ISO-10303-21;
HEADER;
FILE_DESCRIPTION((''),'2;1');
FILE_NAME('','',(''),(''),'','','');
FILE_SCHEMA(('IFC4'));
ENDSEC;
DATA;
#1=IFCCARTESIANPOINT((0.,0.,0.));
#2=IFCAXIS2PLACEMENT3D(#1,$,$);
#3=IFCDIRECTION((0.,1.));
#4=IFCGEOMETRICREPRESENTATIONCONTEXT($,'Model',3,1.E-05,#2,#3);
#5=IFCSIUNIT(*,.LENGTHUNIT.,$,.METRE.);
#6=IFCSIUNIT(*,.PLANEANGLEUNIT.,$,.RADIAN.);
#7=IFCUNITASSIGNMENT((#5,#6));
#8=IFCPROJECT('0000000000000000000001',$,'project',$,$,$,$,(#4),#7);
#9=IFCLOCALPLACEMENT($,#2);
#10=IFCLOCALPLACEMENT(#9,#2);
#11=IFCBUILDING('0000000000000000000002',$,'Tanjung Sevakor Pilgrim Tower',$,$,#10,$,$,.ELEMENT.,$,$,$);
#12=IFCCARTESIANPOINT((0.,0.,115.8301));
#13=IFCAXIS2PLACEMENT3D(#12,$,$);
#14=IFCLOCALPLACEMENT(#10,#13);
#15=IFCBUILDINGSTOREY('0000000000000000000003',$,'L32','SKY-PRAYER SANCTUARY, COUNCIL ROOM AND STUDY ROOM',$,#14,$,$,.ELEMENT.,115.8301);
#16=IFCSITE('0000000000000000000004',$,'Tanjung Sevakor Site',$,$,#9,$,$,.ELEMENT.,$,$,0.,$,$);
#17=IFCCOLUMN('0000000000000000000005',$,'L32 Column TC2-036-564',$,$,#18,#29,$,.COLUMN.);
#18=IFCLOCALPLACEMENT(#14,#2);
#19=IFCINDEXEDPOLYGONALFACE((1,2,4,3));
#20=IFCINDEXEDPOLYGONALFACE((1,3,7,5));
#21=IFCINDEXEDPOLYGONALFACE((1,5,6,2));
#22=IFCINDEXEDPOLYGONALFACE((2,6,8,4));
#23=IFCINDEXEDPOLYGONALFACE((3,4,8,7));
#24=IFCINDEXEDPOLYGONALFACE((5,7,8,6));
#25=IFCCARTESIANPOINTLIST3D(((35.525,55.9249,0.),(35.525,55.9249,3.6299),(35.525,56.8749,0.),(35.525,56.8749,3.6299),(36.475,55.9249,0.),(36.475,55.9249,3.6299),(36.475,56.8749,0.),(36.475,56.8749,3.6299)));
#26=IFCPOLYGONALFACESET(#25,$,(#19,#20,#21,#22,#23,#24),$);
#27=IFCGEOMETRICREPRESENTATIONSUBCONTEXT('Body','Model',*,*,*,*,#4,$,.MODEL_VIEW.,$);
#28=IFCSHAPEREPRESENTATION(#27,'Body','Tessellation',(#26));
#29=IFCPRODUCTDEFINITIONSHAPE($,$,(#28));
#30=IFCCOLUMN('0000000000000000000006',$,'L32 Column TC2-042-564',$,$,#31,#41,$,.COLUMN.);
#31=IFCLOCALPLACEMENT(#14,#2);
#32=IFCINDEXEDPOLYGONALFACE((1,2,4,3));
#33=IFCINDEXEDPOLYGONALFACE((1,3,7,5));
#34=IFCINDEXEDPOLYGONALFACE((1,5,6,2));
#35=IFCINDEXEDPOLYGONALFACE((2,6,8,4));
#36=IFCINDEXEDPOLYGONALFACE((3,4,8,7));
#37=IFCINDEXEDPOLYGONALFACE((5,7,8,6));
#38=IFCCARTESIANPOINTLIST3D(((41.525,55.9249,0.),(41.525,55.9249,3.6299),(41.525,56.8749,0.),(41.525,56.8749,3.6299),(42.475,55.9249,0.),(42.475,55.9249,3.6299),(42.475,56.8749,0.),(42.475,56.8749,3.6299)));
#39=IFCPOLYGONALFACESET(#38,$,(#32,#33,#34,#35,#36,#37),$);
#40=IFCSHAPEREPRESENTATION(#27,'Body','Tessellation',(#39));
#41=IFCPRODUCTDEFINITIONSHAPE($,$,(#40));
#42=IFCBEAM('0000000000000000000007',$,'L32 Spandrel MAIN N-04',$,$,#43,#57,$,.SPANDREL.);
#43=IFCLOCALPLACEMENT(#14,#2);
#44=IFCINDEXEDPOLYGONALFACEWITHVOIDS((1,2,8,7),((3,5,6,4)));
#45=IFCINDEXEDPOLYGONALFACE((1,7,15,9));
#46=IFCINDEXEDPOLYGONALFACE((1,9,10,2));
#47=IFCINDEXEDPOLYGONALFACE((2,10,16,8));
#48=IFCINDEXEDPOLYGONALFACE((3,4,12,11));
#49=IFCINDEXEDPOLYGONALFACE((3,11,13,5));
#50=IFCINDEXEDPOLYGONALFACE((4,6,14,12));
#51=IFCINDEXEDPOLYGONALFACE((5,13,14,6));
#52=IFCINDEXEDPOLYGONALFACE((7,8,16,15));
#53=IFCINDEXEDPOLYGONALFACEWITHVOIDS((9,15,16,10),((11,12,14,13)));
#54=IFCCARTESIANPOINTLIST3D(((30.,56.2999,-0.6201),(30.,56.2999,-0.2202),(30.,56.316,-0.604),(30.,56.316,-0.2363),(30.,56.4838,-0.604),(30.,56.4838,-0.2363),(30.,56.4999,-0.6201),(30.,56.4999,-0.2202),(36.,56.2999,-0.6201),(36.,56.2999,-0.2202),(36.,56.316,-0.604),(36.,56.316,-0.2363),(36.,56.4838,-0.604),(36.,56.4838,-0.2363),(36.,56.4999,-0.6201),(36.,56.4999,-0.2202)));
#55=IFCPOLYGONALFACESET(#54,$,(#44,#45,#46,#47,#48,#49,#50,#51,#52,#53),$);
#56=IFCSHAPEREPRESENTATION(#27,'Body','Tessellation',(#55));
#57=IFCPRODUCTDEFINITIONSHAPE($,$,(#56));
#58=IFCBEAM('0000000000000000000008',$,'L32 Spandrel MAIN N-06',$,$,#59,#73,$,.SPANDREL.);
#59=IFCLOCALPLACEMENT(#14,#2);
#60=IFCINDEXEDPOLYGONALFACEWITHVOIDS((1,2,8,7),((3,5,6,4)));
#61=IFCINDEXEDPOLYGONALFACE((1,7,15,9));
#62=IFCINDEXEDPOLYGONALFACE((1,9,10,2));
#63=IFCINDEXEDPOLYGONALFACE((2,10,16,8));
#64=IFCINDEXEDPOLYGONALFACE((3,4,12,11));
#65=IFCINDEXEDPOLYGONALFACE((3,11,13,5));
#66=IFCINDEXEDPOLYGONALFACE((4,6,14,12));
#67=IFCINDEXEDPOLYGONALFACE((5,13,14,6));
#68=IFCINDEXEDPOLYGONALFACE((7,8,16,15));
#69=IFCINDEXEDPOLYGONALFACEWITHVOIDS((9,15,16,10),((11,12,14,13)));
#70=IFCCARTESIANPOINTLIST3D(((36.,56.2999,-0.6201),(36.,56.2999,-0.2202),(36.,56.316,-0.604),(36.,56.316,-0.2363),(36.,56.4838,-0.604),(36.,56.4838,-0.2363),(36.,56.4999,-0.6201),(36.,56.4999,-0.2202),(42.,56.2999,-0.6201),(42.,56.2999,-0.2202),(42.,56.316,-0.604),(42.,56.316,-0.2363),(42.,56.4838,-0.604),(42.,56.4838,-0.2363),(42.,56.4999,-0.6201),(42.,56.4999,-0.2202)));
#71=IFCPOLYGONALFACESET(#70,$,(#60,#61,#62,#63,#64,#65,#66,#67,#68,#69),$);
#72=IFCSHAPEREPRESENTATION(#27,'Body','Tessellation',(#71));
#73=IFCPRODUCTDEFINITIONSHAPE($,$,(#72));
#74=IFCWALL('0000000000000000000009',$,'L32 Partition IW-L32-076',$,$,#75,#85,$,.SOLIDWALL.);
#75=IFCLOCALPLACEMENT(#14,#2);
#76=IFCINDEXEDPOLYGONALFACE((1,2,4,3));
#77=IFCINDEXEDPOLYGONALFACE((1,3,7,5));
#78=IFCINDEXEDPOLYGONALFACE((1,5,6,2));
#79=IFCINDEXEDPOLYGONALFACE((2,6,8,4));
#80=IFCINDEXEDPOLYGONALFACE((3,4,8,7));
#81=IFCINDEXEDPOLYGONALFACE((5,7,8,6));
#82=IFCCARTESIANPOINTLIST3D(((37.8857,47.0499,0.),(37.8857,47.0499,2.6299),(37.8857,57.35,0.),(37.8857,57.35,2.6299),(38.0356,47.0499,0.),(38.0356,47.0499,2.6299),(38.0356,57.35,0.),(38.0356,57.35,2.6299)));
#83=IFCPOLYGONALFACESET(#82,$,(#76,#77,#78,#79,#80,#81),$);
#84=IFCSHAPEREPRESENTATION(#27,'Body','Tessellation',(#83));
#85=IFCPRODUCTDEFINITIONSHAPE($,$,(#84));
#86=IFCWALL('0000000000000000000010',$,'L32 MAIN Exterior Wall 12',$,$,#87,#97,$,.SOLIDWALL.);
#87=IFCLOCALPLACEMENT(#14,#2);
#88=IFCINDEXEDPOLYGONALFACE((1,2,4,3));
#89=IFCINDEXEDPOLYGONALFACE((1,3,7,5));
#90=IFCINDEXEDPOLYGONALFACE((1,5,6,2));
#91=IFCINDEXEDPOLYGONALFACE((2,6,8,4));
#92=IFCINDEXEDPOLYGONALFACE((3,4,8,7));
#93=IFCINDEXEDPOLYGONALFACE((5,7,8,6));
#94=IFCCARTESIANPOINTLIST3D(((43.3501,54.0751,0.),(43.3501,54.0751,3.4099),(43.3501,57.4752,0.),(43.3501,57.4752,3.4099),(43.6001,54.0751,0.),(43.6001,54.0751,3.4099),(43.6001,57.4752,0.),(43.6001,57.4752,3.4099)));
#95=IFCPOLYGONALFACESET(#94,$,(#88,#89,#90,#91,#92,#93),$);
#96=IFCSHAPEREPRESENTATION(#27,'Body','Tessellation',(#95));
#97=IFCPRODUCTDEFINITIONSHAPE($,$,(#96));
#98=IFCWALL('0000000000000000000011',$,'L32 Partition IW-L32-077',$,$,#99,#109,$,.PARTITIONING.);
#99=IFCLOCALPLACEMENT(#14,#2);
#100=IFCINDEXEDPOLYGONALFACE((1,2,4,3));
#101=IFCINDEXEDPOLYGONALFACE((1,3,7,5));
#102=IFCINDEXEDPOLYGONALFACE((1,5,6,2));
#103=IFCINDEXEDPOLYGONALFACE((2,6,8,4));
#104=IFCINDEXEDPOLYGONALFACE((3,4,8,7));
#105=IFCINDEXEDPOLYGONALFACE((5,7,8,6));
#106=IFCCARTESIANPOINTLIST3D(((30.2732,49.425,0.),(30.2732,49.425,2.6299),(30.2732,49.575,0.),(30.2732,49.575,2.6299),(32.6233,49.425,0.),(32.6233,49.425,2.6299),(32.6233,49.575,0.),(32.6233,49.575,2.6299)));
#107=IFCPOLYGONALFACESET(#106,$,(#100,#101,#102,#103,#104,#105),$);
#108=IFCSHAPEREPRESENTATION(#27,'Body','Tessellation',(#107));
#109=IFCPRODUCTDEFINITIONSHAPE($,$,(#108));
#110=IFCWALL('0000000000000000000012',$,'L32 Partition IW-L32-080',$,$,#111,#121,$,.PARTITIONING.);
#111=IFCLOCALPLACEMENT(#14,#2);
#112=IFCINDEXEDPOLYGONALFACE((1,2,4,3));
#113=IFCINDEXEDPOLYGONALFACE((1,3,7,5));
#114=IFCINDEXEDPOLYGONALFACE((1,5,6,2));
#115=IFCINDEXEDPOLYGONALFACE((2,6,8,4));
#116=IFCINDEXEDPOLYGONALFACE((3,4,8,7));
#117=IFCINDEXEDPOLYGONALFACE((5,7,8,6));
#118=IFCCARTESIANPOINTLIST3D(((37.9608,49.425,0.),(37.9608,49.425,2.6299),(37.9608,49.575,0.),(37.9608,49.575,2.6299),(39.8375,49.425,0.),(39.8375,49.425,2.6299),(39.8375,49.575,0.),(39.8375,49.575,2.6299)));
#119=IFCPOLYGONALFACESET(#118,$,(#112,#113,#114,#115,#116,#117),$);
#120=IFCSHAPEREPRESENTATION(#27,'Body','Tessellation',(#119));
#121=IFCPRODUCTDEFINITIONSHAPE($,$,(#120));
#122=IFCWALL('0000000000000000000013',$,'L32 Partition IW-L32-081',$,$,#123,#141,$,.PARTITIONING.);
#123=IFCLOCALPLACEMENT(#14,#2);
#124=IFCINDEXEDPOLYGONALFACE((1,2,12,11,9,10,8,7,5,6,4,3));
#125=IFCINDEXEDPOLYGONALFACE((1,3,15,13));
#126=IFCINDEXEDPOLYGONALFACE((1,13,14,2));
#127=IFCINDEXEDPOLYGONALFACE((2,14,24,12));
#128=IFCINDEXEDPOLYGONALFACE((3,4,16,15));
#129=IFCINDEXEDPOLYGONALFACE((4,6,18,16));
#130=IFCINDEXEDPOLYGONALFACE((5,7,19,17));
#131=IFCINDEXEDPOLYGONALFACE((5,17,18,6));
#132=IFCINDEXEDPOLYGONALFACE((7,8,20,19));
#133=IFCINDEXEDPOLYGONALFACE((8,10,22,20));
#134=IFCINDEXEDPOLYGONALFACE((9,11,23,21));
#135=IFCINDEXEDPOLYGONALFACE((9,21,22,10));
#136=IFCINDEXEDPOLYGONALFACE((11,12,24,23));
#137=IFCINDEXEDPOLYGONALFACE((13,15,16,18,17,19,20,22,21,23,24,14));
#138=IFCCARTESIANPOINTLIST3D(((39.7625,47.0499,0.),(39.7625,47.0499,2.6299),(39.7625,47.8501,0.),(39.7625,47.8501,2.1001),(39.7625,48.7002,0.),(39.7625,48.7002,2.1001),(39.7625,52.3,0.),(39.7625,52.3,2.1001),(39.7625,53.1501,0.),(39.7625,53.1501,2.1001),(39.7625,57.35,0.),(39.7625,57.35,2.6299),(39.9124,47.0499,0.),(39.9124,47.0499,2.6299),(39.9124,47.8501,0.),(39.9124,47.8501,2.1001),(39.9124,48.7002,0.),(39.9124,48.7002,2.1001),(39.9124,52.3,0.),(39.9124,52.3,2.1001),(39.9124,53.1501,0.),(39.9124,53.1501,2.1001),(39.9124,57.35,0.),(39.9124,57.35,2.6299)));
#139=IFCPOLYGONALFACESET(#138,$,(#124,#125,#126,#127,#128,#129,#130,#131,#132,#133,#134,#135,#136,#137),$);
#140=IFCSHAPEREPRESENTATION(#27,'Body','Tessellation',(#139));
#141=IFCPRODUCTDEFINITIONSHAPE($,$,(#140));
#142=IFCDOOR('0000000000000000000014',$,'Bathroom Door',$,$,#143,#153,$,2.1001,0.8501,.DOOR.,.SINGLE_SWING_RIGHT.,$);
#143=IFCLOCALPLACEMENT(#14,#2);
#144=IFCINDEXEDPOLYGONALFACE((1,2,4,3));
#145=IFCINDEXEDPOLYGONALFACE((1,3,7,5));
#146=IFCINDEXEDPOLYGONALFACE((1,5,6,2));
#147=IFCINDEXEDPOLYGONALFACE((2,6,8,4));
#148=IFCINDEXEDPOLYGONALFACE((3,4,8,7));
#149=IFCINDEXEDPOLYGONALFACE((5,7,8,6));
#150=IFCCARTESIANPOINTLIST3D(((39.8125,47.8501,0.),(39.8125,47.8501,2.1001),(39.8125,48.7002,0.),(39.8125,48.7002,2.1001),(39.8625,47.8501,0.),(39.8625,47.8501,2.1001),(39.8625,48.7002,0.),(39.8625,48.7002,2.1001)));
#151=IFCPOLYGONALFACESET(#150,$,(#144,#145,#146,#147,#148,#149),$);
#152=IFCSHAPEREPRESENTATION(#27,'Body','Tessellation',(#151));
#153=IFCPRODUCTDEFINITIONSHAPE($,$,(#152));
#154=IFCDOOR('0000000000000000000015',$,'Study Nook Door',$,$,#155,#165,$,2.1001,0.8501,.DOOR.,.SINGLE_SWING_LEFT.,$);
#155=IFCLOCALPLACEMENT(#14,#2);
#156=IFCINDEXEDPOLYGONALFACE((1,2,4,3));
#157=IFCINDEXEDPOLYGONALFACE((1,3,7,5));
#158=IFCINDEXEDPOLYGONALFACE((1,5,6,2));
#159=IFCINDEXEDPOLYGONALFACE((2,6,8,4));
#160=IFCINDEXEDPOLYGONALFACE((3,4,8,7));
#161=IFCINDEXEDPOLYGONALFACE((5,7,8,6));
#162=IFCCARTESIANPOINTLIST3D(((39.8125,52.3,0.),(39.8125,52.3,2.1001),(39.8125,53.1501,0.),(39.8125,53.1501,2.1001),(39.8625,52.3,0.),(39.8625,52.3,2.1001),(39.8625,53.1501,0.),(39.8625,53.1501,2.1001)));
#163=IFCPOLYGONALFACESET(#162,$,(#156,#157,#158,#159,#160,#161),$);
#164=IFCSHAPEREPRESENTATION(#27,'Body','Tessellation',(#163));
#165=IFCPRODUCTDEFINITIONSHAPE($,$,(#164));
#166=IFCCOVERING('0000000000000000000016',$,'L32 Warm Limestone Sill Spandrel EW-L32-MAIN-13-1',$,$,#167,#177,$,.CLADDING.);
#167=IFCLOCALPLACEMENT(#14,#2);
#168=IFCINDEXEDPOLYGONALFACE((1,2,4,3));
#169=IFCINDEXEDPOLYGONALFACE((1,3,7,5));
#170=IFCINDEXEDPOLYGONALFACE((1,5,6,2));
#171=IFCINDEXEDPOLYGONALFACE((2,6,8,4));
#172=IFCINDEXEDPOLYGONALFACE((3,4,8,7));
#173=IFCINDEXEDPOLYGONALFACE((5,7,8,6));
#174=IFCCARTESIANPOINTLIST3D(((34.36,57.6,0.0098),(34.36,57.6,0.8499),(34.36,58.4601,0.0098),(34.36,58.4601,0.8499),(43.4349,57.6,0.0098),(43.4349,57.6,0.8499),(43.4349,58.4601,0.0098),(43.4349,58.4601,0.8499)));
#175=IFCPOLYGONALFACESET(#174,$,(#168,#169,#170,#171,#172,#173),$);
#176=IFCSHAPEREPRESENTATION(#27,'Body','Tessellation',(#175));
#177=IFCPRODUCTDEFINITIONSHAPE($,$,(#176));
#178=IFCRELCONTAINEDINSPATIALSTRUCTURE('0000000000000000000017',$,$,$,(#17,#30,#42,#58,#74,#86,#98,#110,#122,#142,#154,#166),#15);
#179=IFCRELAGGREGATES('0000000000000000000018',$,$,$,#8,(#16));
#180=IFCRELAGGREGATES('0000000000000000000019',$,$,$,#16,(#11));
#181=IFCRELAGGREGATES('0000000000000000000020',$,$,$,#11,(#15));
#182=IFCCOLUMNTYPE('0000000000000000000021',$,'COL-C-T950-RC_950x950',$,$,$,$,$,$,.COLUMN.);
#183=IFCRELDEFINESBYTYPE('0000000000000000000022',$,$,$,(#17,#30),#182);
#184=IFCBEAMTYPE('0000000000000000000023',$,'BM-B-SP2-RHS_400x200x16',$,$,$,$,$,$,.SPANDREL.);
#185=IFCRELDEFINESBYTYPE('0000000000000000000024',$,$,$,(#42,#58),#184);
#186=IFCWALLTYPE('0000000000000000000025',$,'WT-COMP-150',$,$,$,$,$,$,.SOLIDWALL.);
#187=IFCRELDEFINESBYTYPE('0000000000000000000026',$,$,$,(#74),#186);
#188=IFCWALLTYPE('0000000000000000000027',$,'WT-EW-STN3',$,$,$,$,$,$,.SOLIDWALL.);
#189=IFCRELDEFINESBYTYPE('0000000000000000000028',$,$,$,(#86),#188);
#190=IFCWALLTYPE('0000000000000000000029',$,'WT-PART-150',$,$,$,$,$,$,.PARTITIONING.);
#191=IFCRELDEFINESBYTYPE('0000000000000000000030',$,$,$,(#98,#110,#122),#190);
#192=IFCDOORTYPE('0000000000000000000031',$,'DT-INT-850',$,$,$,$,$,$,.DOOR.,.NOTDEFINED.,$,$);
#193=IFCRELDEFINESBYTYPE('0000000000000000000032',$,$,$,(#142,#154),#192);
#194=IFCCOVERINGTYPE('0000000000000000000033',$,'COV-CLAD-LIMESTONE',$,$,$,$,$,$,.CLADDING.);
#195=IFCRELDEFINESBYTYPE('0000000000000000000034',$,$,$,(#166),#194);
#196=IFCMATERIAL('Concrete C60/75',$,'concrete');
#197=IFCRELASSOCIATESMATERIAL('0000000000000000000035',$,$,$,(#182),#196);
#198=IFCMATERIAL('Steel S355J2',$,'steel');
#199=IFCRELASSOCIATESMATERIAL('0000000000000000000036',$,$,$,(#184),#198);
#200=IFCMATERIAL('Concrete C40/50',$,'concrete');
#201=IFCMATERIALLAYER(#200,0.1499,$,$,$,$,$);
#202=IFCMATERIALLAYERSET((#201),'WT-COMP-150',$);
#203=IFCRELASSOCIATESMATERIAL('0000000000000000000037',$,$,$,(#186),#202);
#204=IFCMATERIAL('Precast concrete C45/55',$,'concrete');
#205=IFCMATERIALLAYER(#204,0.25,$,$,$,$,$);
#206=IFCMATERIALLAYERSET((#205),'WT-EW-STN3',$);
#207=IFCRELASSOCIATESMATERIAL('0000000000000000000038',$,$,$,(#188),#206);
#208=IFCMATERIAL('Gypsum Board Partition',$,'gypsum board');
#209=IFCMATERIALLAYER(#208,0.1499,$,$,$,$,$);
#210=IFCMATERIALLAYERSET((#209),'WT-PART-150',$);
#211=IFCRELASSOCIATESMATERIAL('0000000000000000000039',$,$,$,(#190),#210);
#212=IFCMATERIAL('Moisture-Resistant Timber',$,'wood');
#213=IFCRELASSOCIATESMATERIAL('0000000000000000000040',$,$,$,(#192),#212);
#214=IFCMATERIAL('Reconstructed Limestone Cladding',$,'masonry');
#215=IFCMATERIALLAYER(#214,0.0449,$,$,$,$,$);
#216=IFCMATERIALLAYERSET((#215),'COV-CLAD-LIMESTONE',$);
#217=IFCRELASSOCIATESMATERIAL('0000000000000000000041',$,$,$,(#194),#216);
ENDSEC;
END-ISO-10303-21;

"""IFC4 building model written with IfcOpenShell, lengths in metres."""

from ifc_helpers import new_model, si_unit, direction, frame, frame_2d, origin, origin_2d, place, context, subcontext, project, spatial, rectangle, hollow_rectangle, extrude, material, layer, layer_set, material_profile, profile_set, type_object, element, fill, save


model = new_model("IFC4")

# Units and contexts
model_context = context("Model", 3, precision=1e-05, world=origin(), true_north=direction((0.0, 1.0)))
body_context = subcontext(model_context, "Body", "Model", "MODEL_VIEW")
ifc_project = project(units=[si_unit("LENGTHUNIT", "METRE"), si_unit("PLANEANGLEUNIT", "RADIAN")], contexts=[model_context])

# Site, building, storey
site_placement = place(None, origin())
site = spatial("IfcSite", under=ifc_project, at=site_placement, Name="Tanjung Sevakor Site", CompositionType="ELEMENT", RefElevation=0.0)
building_placement = place(site_placement, origin())
building = spatial("IfcBuilding", under=site, at=building_placement, Name="Tanjung Sevakor Pilgrim Tower", CompositionType="ELEMENT")
storey_placement = place(building_placement, frame((0.0, 0.0, 115.8301)))
storey = spatial("IfcBuildingStorey", under=building, at=storey_placement, Name="L32", Description="SKY-PRAYER SANCTUARY, COUNCIL ROOM AND STUDY ROOM", CompositionType="ELEMENT", Elevation=115.8301)

# Columns
ifc_material_1 = material(Name="Concrete C60/75", Category="concrete")
ifc_material_profile_1 = material_profile(ifc_material_1, rectangle(XDim=0.95, YDim=0.95, at=origin_2d()))
ifc_profile_set_1 = profile_set([ifc_material_profile_1], Name="Concrete C60/75")
column_type = type_object("IfcColumnType", Name="COL-C-T950-RC_950x950", PredefinedType="COLUMN", material=ifc_profile_set_1)
for number, where, z_axis, x_axis, name in (
    (1, (36.0, 56.3999, 0.0), (0.0, 0.0, 1.0), (1.0, 0.0, 0.0), "L32 Column TC2-036-564"),
    (2, (42.0, 56.3999, 0.0), (0.0, 0.0, 1.0), (1.0, 0.0, 0.0), "L32 Column TC2-042-564"),
):
    element("IfcColumn", number, at=place(storey_placement, frame(where, z_axis=z_axis, x_axis=x_axis)), inside=storey, type_object=column_type, Name=name, PredefinedType="COLUMN", context=body_context, shape_type="SweptSolid", body=[
        extrude(rectangle(XDim=0.95, YDim=0.95, at=origin_2d()), origin(), (0.0, 0.0, 1.0), 3.6299),
    ])

# Beams
ifc_material_2 = material(Name="Steel S355J2", Category="steel")
ifc_material_profile_2 = material_profile(ifc_material_2, hollow_rectangle(XDim=0.2, YDim=0.3999, WallThickness=0.0161, at=origin_2d()))
ifc_profile_set_2 = profile_set([ifc_material_profile_2], Name="Steel S355J2")
beam_type = type_object("IfcBeamType", Name="BM-B-SP2-RHS_400x200x16", PredefinedType="SPANDREL", material=ifc_profile_set_2)
for number, where, z_axis, x_axis, name in (
    (3, (30.0, 56.3999, -0.4202), (1.0, 0.0, 0.0), (0.0, 1.0, 0.0), "L32 Spandrel MAIN N-04"),
    (4, (36.0, 56.3999, -0.4202), (1.0, 0.0, 0.0), (0.0, 1.0, 0.0), "L32 Spandrel MAIN N-06"),
):
    element("IfcBeam", number, at=place(storey_placement, frame(where, z_axis=z_axis, x_axis=x_axis)), inside=storey, type_object=beam_type, Name=name, PredefinedType="SPANDREL", context=body_context, shape_type="SweptSolid", body=[
        extrude(hollow_rectangle(XDim=0.2, YDim=0.3999, WallThickness=0.0161, at=origin_2d()), origin(), (0.0, 0.0, 1.0), 6.0),
    ])

# Wall
ifc_material_3 = material(Name="Concrete C40/50", Category="concrete")
ifc_layer_1 = layer(ifc_material_3, 0.1499)
ifc_layer_set_1 = layer_set([ifc_layer_1], Name="WT-COMP-150")
wall_type_1 = type_object("IfcWallType", Name="WT-COMP-150", PredefinedType="SOLIDWALL", material=ifc_layer_set_1)
wall_1_placement = place(storey_placement, frame((37.9607, 47.05, 0.0), z_axis=(0.0, 0.0, 1.0), x_axis=(0.0, 1.0, 0.0)))
element("IfcWall", 5, at=wall_1_placement, inside=storey, type_object=wall_type_1, Name="L32 Partition IW-L32-076", PredefinedType="SOLIDWALL", context=body_context, shape_type="SweptSolid", body=[
    extrude(rectangle(XDim=10.3, YDim=0.1499, at=frame_2d((5.1499, 0.0))), origin(), (0.0, 0.0, 1.0), 2.6299),
])

# Walls
ifc_material_4 = material(Name="Precast concrete C45/55", Category="concrete")
ifc_layer_2 = layer(ifc_material_4, 0.25)
ifc_layer_set_2 = layer_set([ifc_layer_2], Name="WT-EW-STN3")
wall_type_2 = type_object("IfcWallType", Name="WT-EW-STN3", PredefinedType="SOLIDWALL", material=ifc_layer_set_2)
wall_2_placement = place(storey_placement, frame((43.4751, 54.075, 0.0), z_axis=(0.0, 0.0, 1.0), x_axis=(0.0, 1.0, 0.0)))
element("IfcWall", 6, at=wall_2_placement, inside=storey, type_object=wall_type_2, Name="L32 MAIN Exterior Wall 12", PredefinedType="SOLIDWALL", context=body_context, shape_type="SweptSolid", body=[
    extrude(rectangle(XDim=3.4001, YDim=0.25, at=frame_2d((1.7002, 0.0))), origin(), (0.0, 0.0, 1.0), 3.4099),
])
ifc_material_5 = material(Name="Gypsum Board Partition", Category="gypsum board")
ifc_layer_3 = layer(ifc_material_5, 0.1499)
ifc_layer_set_3 = layer_set([ifc_layer_3], Name="WT-PART-150")
wall_type_3 = type_object("IfcWallType", Name="WT-PART-150", PredefinedType="PARTITIONING", material=ifc_layer_set_3)
wall_3_placement = place(storey_placement, frame((30.2732, 49.5, 0.0), z_axis=(0.0, 0.0, 1.0), x_axis=(1.0, 0.0, 0.0)))
element("IfcWall", 7, at=wall_3_placement, inside=storey, type_object=wall_type_3, Name="L32 Partition IW-L32-077", PredefinedType="PARTITIONING", context=body_context, shape_type="SweptSolid", body=[
    extrude(rectangle(XDim=2.3501, YDim=0.1499, at=frame_2d((1.175, 0.0))), origin(), (0.0, 0.0, 1.0), 2.6299),
])
wall_4_placement = place(storey_placement, frame((37.9607, 49.5, 0.0), z_axis=(0.0, 0.0, 1.0), x_axis=(1.0, 0.0, 0.0)))
element("IfcWall", 8, at=wall_4_placement, inside=storey, type_object=wall_type_3, Name="L32 Partition IW-L32-080", PredefinedType="PARTITIONING", context=body_context, shape_type="SweptSolid", body=[
    extrude(rectangle(XDim=1.8767, YDim=0.1499, at=frame_2d((0.9385, 0.0))), origin(), (0.0, 0.0, 1.0), 2.6299),
])

# Wall, openings, doors
wall_5_placement = place(storey_placement, frame((39.8374, 47.05, 0.0), z_axis=(0.0, 0.0, 1.0), x_axis=(0.0, 1.0, 0.0)))
wall_5 = element("IfcWall", 9, at=wall_5_placement, inside=storey, type_object=wall_type_3, Name="L32 Partition IW-L32-081", PredefinedType="PARTITIONING", context=body_context, shape_type="SweptSolid", body=[
    extrude(rectangle(XDim=10.3, YDim=0.1499, at=frame_2d((5.1499, 0.0))), origin(), (0.0, 0.0, 1.0), 2.6299),
])
opening_1_placement = place(wall_5_placement, frame((0.8, 0.0, 0.0)))
opening_1 = element("IfcOpeningElement", 10, at=opening_1_placement, cuts=wall_5, PredefinedType="OPENING", context=body_context, shape_type="SweptSolid", body=[
    extrude(rectangle(XDim=0.8501, YDim=2.1001, at=frame_2d((0.425, 1.05))), frame((0.0, 0.085, 0.0), z_axis=(0.0, -1.0, 0.0), x_axis=(1.0, 0.0, 0.0)), (0.0, 0.0, 1.0), 0.1699),
])
opening_2_placement = place(wall_5_placement, frame((5.25, 0.0, 0.0)))
opening_2 = element("IfcOpeningElement", 11, at=opening_2_placement, cuts=wall_5, PredefinedType="OPENING", context=body_context, shape_type="SweptSolid", body=[
    extrude(rectangle(XDim=0.8501, YDim=2.1001, at=frame_2d((0.425, 1.05))), frame((0.0, 0.085, 0.0), z_axis=(0.0, -1.0, 0.0), x_axis=(1.0, 0.0, 0.0)), (0.0, 0.0, 1.0), 0.1699),
])
ifc_material_6 = material(Name="Moisture-Resistant Timber", Category="wood")
door_type_1 = type_object("IfcDoorType", Name="DT-INT-850", OperationType="NOTDEFINED", PredefinedType="DOOR", material=ifc_material_6)
door_1_placement = place(opening_1_placement, origin())
door_1 = element("IfcDoor", 12, at=door_1_placement, inside=storey, type_object=door_type_1, Name="Bathroom Door", OperationType="SINGLE_SWING_RIGHT", OverallHeight=2.1001, OverallWidth=0.8501, PredefinedType="DOOR", context=body_context, shape_type="SweptSolid", body=[
    extrude(rectangle(XDim=0.8501, YDim=2.1001, at=frame_2d((0.425, 1.05))), frame((0.0, 0.0249, 0.0), z_axis=(0.0, -1.0, 0.0), x_axis=(1.0, 0.0, 0.0)), (0.0, 0.0, 1.0), 0.05),
])
fill(opening_1, door_1)
door_2_placement = place(opening_2_placement, origin())
door_2 = element("IfcDoor", 13, at=door_2_placement, inside=storey, type_object=door_type_1, Name="Study Nook Door", OperationType="SINGLE_SWING_LEFT", OverallHeight=2.1001, OverallWidth=0.8501, PredefinedType="DOOR", context=body_context, shape_type="SweptSolid", body=[
    extrude(rectangle(XDim=0.8501, YDim=2.1001, at=frame_2d((0.425, 1.05))), frame((0.0, 0.0249, 0.0), z_axis=(0.0, -1.0, 0.0), x_axis=(1.0, 0.0, 0.0)), (0.0, 0.0, 1.0), 0.05),
])
fill(opening_2, door_2)

# Covering
ifc_material_7 = material(Name="Reconstructed Limestone Cladding", Category="masonry")
ifc_layer_4 = layer(ifc_material_7, 0.0449)
ifc_layer_set_4 = layer_set([ifc_layer_4], Name="COV-CLAD-LIMESTONE")
covering_type = type_object("IfcCoveringType", Name="COV-CLAD-LIMESTONE", PredefinedType="CLADDING", material=ifc_layer_set_4)
covering_placement = place(storey_placement, frame((38.8975, 58.03, 0.0098), z_axis=(0.0, 0.0, 1.0), x_axis=(-1.0, 0.0, 0.0)))
element("IfcCovering", 14, at=covering_placement, inside=storey, type_object=covering_type, Name="L32 Warm Limestone Sill Spandrel EW-L32-MAIN-13-1", PredefinedType="CLADDING", context=body_context, shape_type="SweptSolid", body=[
    extrude(rectangle(XDim=9.075, YDim=0.8601, at=origin_2d()), origin(), (0.0, 0.0, 1.0), 0.8401),
])

save(model, "model.ifc")
